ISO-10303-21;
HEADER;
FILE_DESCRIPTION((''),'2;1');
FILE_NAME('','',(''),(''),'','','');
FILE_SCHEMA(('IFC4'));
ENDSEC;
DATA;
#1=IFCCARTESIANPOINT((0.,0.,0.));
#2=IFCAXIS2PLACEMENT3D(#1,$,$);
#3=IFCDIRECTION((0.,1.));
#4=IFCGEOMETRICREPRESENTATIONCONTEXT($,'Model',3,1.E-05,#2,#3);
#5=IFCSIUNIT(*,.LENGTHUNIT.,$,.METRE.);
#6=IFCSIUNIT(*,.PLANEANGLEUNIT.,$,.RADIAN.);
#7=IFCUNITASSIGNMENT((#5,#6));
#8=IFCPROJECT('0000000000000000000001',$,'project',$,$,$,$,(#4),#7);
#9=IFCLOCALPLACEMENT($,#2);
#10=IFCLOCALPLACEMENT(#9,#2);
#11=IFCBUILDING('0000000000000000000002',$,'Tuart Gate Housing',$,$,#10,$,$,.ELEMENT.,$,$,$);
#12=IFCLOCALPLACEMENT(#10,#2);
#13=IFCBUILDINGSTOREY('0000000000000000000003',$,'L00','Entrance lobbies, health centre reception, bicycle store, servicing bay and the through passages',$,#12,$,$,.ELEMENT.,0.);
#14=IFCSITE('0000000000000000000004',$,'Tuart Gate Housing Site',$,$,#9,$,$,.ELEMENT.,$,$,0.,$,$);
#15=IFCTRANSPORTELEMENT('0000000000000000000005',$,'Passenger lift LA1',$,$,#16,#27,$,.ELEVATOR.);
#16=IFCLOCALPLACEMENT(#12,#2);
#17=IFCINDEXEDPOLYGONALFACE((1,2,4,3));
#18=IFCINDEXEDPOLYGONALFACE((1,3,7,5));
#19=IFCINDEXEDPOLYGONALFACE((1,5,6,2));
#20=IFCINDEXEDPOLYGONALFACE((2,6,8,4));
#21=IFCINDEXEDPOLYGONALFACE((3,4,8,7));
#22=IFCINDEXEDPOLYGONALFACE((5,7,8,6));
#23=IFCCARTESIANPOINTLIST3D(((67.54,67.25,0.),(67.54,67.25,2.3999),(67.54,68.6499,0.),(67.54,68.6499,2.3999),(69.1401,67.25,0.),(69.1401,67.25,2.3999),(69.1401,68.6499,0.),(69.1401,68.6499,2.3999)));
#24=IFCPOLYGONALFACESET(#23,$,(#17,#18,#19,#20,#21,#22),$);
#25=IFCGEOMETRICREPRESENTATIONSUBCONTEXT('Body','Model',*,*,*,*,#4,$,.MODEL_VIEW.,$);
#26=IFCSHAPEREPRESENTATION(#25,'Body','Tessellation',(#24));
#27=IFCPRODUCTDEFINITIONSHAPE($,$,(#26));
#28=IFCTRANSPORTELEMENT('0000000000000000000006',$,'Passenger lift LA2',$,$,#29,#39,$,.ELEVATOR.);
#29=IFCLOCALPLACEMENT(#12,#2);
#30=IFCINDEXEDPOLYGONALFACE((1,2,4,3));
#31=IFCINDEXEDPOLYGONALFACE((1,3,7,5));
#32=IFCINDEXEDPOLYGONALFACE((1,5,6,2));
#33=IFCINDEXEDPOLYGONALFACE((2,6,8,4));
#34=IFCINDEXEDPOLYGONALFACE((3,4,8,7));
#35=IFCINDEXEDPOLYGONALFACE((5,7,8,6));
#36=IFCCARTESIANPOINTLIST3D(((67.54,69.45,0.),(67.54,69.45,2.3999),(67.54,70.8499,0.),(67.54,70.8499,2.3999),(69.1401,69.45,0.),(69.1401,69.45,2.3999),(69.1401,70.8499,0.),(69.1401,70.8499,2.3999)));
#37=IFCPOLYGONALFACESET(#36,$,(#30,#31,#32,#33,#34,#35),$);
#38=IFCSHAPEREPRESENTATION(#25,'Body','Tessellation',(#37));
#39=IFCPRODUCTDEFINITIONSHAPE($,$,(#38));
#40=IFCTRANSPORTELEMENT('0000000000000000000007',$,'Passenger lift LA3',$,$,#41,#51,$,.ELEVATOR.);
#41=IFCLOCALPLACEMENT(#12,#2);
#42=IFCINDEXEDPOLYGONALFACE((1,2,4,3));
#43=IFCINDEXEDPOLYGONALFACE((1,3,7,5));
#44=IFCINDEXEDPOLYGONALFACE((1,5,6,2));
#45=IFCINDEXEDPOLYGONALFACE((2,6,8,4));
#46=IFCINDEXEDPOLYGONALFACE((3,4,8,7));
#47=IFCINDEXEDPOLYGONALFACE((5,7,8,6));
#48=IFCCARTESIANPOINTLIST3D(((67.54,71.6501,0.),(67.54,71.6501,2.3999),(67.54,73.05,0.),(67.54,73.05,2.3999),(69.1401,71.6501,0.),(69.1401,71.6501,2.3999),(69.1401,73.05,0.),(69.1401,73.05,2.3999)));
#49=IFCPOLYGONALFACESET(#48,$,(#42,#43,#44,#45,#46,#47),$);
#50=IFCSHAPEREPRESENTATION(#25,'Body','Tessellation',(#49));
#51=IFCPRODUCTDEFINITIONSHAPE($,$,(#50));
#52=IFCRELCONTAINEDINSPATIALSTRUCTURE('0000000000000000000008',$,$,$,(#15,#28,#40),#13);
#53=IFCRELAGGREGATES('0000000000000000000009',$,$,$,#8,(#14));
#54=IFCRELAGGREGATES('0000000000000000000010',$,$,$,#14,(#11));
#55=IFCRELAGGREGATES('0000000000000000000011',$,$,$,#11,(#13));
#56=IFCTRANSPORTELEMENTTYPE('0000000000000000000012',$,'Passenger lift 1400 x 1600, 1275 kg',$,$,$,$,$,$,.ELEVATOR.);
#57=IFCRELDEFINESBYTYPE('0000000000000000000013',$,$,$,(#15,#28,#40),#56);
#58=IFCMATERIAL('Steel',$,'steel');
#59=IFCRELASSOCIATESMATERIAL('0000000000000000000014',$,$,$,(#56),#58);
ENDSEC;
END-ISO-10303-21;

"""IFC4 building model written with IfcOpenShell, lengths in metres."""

from ifc_helpers import new_model, si_unit, direction, frame, origin, origin_2d, place, context, subcontext, project, spatial, rectangle, extrude, material, type_object, element, save


model = new_model("IFC4")

# Units and contexts
model_context = context("Model", 3, precision=1e-05, world=origin(), true_north=direction((0.0, 1.0)))
body_context = subcontext(model_context, "Body", "Model", "MODEL_VIEW")
ifc_project = project(units=[si_unit("LENGTHUNIT", "METRE"), si_unit("PLANEANGLEUNIT", "RADIAN")], contexts=[model_context])

# Site, building, storey
site_placement = place(None, origin())
site = spatial("IfcSite", under=ifc_project, at=site_placement, Name="Tuart Gate Housing Site", CompositionType="ELEMENT", RefElevation=0.0)
building_placement = place(site_placement, origin())
building = spatial("IfcBuilding", under=site, at=building_placement, Name="Tuart Gate Housing", CompositionType="ELEMENT")
storey_placement = place(building_placement, origin())
storey = spatial("IfcBuildingStorey", under=building, at=storey_placement, Name="L00", Description="Entrance lobbies, health centre reception, bicycle store, servicing bay and the through passages", CompositionType="ELEMENT", Elevation=0.0)

# Transport elements
ifc_material_1 = material(Name="Steel", Category="steel")
transport_element_type_1 = type_object("IfcTransportElementType", Name="Passenger lift 1400 x 1600, 1275 kg", PredefinedType="ELEVATOR", material=ifc_material_1)
for number, where, z_axis, x_axis, name in (
    (1, (68.3401, 67.95, 0.0), (0.0, 0.0, 1.0), (0.0, 1.0, 0.0), "Passenger lift LA1"),
    (2, (68.3401, 70.1499, 0.0), (0.0, 0.0, 1.0), (0.0, 1.0, 0.0), "Passenger lift LA2"),
    (3, (68.3401, 72.3501, 0.0), (0.0, 0.0, 1.0), (0.0, 1.0, 0.0), "Passenger lift LA3"),
):
    element("IfcTransportElement", number, at=place(storey_placement, frame(where, z_axis=z_axis, x_axis=x_axis)), inside=storey, type_object=transport_element_type_1, Name=name, PredefinedType="ELEVATOR", context=body_context, shape_type="SweptSolid", body=[
        extrude(rectangle(XDim=1.3999, YDim=1.6001, at=origin_2d()), origin(), (0.0, 0.0, 1.0), 2.3999),
    ])

save(model, "model.ifc")
